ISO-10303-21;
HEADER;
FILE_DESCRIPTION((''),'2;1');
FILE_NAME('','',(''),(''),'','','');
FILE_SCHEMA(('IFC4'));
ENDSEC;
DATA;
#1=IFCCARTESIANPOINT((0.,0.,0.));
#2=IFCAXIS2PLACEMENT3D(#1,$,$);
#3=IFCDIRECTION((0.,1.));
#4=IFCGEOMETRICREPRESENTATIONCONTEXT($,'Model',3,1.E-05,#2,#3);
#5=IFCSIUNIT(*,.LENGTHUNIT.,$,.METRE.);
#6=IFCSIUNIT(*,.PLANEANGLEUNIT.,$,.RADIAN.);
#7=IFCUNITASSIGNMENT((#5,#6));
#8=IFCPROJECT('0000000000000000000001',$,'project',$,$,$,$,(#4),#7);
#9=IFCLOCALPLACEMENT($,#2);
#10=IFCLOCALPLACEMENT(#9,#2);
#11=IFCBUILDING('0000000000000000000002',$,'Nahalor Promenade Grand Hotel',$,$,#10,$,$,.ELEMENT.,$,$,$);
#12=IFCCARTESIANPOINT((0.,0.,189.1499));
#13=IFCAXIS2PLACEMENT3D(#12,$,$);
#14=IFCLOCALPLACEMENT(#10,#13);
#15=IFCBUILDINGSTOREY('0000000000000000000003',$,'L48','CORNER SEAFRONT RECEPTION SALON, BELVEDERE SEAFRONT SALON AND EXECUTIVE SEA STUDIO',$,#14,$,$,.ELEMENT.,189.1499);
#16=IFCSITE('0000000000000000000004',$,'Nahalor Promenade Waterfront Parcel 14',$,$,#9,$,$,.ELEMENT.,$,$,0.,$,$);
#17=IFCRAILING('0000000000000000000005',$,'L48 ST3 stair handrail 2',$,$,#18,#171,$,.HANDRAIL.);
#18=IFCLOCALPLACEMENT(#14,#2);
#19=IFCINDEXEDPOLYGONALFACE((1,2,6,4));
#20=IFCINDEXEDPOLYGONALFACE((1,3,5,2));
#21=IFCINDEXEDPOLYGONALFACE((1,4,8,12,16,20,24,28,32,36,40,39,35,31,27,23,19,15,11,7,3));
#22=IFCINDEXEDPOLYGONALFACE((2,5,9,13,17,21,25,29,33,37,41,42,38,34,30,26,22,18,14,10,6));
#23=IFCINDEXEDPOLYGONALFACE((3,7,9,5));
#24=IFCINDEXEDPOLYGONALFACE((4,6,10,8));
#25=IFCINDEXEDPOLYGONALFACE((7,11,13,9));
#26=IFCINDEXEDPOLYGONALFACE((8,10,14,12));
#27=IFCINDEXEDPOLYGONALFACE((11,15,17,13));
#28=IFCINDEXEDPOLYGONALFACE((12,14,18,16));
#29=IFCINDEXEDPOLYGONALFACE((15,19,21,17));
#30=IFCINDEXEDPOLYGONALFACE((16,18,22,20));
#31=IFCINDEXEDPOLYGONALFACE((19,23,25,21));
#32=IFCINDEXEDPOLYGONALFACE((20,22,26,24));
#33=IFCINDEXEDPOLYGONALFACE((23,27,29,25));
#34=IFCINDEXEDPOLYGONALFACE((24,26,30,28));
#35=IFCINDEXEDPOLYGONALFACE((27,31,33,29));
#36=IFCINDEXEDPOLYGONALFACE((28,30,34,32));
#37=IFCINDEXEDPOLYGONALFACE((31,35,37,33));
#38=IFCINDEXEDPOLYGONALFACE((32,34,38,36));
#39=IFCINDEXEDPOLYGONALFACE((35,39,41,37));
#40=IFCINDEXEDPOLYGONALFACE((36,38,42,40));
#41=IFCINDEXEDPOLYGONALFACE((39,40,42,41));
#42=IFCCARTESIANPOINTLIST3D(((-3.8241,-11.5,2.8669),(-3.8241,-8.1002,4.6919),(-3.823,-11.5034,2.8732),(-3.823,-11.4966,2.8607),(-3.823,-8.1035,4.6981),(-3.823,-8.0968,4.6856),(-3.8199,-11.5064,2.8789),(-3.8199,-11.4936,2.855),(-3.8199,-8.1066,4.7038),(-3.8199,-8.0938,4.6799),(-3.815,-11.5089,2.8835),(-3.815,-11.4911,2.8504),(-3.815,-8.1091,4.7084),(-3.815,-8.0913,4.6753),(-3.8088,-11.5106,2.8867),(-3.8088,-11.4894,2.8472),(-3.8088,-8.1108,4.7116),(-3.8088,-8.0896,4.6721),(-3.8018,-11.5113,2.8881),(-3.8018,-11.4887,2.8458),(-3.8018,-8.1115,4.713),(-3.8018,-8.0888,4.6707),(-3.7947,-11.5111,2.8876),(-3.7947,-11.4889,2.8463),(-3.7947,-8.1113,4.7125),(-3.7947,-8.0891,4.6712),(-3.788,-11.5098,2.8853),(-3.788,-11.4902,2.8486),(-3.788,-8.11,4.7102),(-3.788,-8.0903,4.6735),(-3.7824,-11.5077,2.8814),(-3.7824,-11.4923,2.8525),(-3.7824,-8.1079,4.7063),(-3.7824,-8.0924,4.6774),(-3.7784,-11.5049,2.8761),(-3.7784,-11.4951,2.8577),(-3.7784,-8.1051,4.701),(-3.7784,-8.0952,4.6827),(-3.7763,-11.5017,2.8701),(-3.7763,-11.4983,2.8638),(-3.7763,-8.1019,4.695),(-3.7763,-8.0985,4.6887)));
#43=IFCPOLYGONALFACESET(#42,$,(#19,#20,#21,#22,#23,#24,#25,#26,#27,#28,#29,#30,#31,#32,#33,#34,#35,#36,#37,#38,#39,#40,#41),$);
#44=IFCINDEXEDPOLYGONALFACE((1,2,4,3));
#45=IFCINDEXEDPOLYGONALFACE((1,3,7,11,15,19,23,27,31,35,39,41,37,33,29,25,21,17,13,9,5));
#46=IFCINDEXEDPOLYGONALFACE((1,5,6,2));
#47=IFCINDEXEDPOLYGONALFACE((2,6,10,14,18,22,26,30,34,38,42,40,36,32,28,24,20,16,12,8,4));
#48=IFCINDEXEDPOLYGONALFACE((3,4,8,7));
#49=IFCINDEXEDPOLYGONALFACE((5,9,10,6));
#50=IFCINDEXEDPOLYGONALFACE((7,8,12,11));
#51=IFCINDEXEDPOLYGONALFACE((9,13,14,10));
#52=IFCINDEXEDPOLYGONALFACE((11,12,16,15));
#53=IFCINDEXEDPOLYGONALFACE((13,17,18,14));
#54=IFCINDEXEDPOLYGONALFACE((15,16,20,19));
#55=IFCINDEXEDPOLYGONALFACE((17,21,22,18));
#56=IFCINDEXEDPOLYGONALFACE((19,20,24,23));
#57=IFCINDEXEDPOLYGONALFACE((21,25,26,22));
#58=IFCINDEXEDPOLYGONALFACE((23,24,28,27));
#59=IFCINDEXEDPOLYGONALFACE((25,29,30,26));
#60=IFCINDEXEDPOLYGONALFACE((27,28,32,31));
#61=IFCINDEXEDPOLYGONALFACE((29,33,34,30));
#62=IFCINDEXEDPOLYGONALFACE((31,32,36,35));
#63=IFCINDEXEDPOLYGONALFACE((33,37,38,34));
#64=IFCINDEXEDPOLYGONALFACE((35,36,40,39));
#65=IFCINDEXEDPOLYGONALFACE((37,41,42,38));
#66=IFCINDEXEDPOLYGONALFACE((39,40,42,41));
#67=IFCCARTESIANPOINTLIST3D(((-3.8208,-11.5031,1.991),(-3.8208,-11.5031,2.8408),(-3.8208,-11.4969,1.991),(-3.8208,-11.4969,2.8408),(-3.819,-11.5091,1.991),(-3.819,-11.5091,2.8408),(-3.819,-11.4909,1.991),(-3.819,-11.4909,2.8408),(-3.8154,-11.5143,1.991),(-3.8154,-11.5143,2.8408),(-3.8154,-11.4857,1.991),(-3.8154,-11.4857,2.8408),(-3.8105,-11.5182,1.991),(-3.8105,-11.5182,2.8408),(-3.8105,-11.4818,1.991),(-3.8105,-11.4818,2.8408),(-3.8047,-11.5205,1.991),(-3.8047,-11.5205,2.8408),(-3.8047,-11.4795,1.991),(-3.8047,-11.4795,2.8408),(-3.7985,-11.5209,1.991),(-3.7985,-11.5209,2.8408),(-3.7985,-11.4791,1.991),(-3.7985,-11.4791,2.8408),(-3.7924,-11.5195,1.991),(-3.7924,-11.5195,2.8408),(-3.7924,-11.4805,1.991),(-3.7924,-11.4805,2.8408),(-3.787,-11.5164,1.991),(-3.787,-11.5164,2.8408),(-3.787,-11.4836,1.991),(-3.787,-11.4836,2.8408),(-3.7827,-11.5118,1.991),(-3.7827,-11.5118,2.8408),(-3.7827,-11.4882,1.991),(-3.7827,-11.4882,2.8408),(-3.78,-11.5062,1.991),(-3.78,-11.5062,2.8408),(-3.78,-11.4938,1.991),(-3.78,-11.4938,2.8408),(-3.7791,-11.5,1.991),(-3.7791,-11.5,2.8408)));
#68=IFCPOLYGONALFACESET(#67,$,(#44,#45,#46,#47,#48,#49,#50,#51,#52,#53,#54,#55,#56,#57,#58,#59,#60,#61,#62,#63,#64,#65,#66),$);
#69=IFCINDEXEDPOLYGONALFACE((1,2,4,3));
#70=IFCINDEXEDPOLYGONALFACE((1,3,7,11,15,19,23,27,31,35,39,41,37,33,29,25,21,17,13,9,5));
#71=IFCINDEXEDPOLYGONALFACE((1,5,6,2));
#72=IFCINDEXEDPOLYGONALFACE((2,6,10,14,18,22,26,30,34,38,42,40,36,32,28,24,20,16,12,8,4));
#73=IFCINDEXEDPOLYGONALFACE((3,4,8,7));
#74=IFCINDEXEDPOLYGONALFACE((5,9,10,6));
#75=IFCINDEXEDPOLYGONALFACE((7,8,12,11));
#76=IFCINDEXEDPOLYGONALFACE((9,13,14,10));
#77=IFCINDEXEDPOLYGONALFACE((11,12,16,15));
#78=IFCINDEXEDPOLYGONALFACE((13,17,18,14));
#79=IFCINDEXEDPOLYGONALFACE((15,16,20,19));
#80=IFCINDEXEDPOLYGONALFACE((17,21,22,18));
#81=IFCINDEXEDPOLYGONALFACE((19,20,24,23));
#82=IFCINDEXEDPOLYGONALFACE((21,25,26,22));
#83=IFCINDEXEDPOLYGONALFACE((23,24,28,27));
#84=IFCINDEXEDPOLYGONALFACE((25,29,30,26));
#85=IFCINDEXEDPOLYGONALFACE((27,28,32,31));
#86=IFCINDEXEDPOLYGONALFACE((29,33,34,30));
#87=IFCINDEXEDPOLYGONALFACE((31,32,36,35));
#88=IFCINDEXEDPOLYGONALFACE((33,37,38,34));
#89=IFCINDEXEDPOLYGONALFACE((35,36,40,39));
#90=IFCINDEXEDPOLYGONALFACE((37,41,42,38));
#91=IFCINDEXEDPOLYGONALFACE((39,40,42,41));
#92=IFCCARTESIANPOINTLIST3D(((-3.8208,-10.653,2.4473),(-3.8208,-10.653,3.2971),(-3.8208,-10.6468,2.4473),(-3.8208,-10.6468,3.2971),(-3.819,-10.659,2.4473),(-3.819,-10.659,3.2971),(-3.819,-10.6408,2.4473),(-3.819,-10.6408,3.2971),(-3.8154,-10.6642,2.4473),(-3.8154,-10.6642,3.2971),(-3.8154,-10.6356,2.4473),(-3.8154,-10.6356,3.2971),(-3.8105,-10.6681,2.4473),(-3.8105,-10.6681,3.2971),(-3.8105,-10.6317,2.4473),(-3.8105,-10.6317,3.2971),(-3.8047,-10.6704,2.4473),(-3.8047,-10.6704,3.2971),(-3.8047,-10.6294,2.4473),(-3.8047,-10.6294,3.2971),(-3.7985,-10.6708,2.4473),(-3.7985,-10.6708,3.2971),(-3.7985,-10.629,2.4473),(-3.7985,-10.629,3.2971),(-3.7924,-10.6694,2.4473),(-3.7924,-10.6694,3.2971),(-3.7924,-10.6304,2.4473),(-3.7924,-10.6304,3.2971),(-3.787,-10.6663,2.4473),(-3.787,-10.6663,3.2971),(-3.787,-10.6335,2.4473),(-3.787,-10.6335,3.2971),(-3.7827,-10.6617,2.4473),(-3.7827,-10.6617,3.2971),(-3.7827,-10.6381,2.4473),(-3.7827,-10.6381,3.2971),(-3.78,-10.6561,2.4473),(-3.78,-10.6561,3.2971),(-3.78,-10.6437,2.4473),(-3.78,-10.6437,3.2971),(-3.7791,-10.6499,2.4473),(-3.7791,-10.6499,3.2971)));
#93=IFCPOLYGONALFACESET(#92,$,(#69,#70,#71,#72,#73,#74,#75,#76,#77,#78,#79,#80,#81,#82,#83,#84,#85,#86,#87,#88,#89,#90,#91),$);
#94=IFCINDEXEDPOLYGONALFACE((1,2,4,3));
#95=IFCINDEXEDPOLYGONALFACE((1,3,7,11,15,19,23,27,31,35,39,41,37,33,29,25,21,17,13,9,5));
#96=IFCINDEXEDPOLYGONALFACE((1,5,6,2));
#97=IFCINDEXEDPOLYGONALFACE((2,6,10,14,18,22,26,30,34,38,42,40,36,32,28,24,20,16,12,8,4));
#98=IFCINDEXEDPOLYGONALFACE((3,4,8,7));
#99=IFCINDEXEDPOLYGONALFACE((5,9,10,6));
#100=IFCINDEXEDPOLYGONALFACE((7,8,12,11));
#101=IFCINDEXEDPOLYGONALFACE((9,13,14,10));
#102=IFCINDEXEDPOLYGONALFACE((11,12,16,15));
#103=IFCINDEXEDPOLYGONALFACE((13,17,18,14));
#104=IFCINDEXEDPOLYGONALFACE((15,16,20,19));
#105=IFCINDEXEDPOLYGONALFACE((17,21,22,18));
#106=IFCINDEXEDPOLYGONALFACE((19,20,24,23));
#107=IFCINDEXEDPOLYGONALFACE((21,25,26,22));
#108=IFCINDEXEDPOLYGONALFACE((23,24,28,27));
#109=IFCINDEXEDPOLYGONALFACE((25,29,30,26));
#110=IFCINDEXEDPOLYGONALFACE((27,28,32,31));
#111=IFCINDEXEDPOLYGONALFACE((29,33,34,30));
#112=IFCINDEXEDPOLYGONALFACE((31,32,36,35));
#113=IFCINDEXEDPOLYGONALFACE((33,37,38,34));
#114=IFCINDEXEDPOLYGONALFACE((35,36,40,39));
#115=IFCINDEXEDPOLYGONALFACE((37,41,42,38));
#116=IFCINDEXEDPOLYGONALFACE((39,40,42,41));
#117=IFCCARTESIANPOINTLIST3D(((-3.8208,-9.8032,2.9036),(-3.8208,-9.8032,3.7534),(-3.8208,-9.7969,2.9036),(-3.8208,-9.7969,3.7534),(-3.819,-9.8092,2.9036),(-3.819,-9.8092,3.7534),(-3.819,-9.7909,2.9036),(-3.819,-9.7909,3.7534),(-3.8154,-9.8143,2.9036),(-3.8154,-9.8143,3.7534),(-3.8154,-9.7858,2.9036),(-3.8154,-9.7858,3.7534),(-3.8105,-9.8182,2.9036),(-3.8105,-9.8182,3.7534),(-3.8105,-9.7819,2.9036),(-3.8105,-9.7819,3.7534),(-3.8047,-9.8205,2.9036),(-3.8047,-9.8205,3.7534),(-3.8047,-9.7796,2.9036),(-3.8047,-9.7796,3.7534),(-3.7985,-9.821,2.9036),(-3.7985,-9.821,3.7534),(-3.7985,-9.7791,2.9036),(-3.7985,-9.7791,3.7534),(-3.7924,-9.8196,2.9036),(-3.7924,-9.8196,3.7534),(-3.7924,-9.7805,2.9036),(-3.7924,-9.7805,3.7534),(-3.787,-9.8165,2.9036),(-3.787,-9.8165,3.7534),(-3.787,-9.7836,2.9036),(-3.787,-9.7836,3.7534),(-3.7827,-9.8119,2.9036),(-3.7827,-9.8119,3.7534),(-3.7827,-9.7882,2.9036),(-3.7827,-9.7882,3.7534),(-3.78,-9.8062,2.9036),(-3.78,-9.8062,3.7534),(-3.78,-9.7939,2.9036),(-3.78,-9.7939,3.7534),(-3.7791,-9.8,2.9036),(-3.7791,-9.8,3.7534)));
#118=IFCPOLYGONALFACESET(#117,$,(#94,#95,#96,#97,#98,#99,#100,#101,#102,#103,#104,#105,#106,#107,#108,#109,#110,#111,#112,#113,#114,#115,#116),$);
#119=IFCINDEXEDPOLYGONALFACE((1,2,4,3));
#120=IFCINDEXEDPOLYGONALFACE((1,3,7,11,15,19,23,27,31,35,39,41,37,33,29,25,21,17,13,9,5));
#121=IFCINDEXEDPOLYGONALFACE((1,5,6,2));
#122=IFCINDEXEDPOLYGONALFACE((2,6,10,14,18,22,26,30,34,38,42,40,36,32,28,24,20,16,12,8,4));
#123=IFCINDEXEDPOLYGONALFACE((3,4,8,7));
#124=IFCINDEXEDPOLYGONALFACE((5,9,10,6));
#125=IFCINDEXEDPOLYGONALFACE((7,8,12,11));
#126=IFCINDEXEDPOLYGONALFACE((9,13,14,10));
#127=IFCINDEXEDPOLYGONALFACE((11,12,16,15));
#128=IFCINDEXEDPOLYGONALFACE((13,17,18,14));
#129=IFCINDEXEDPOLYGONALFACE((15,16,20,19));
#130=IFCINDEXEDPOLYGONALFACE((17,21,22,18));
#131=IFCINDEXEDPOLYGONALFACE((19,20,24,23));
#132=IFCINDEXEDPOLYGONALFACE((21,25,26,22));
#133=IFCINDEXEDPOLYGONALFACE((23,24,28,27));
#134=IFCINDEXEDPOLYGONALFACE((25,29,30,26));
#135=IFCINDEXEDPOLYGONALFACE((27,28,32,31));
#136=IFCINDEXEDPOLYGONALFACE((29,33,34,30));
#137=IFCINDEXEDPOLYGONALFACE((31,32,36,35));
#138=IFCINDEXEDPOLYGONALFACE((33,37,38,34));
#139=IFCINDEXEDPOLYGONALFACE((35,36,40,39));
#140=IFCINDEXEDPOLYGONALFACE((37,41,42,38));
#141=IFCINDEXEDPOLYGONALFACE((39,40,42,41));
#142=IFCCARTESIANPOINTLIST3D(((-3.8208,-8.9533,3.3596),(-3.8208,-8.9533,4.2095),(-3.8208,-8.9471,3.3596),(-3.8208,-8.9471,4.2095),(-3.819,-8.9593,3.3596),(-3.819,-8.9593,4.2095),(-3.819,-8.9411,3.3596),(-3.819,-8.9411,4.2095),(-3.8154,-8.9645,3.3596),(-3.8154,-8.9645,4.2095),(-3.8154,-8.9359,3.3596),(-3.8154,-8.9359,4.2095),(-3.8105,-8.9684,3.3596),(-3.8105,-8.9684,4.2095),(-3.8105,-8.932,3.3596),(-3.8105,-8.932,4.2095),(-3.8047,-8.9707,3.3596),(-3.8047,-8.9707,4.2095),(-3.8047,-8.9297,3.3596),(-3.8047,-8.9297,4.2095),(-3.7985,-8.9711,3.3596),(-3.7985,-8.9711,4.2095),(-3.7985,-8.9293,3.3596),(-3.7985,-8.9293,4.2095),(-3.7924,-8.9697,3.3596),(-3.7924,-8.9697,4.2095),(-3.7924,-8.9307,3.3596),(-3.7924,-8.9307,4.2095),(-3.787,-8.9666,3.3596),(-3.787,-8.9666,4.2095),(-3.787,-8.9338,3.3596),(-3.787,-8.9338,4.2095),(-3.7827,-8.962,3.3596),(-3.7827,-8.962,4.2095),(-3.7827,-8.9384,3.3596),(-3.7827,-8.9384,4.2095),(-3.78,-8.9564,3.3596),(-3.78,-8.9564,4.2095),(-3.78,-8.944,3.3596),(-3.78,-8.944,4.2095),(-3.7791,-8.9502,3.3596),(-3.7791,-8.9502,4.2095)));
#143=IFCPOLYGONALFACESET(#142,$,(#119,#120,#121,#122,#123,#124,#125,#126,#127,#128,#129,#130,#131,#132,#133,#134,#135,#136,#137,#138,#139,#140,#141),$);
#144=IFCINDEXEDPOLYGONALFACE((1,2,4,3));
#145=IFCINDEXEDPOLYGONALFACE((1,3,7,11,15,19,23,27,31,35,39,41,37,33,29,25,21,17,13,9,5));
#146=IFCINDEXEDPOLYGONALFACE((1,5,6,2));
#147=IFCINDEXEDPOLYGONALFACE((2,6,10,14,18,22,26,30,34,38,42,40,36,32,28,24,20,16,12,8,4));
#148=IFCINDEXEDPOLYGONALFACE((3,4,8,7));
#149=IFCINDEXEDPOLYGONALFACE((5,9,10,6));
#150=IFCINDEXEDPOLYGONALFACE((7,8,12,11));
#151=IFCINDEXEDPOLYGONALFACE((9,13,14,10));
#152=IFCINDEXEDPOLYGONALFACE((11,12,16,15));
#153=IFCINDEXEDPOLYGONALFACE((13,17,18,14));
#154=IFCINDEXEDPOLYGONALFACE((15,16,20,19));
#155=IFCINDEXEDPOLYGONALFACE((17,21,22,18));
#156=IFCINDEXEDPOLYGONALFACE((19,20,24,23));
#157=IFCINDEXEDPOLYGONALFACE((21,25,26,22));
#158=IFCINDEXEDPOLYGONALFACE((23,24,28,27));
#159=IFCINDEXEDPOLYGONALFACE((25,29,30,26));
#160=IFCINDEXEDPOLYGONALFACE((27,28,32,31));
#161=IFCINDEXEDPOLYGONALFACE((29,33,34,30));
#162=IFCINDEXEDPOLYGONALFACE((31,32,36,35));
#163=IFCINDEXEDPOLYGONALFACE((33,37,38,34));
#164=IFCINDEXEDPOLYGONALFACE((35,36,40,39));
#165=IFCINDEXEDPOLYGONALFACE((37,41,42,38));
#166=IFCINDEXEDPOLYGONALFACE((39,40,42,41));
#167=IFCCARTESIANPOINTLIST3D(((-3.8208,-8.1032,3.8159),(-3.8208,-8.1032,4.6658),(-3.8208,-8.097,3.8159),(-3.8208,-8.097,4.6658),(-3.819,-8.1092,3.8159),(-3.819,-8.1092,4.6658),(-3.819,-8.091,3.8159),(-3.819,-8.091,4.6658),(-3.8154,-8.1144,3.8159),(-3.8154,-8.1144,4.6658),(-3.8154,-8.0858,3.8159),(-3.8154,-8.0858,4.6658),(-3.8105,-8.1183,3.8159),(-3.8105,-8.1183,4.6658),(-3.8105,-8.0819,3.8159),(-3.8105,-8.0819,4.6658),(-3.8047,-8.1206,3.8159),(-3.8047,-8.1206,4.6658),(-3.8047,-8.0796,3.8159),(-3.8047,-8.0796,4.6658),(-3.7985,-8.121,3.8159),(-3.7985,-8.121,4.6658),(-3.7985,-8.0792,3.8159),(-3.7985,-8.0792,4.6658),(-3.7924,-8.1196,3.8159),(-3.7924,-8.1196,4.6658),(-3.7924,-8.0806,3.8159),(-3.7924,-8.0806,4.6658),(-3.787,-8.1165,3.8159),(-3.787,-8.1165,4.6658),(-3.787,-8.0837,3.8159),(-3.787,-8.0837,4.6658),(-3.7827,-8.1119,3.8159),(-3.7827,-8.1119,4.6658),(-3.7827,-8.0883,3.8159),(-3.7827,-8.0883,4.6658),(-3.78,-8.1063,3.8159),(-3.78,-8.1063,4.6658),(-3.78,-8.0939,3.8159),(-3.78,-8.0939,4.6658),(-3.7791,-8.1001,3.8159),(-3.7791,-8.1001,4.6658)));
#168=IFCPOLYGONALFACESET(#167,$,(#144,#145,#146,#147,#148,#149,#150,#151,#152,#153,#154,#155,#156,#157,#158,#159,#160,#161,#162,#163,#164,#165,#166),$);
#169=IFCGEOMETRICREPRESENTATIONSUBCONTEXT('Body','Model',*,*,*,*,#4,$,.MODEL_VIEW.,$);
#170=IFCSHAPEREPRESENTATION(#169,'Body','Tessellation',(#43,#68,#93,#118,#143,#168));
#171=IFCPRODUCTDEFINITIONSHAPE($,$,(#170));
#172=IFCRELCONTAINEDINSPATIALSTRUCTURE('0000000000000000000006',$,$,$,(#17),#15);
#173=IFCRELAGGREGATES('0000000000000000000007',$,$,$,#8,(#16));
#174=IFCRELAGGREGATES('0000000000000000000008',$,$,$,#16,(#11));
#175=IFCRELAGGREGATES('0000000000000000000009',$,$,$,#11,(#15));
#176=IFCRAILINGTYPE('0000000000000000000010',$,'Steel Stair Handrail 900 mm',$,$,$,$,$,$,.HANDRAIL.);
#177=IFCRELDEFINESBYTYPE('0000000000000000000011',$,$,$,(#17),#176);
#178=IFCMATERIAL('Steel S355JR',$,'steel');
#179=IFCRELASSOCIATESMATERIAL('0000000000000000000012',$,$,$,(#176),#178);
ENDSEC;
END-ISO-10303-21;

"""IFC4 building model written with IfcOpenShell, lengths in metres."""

from ifc_helpers import new_model, si_unit, direction, frame, origin, origin_2d, place, context, subcontext, project, spatial, circle, extrude, material, type_object, element, save


model = new_model("IFC4")

# Units and contexts
model_context = context("Model", 3, precision=1e-05, world=origin(), true_north=direction((0.0, 1.0)))
body_context = subcontext(model_context, "Body", "Model", "MODEL_VIEW")
ifc_project = project(units=[si_unit("LENGTHUNIT", "METRE"), si_unit("PLANEANGLEUNIT", "RADIAN")], contexts=[model_context])

# Site, building, storey
site_placement = place(None, origin())
site = spatial("IfcSite", under=ifc_project, at=site_placement, Name="Nahalor Promenade Waterfront Parcel 14", CompositionType="ELEMENT", RefElevation=0.0)
building_placement = place(site_placement, origin())
building = spatial("IfcBuilding", under=site, at=building_placement, Name="Nahalor Promenade Grand Hotel", CompositionType="ELEMENT")
storey_placement = place(building_placement, frame((0.0, 0.0, 189.1499)))
storey = spatial("IfcBuildingStorey", under=building, at=storey_placement, Name="L48", Description="CORNER SEAFRONT RECEPTION SALON, BELVEDERE SEAFRONT SALON AND EXECUTIVE SEA STUDIO", CompositionType="ELEMENT", Elevation=189.1499)

# Shared definitions
ifc_material_1 = material(Name="Steel S355JR", Category="steel")

# Railing
railing_type_1 = type_object("IfcRailingType", Name="Steel Stair Handrail 900 mm", PredefinedType="HANDRAIL", material=ifc_material_1)
railing_1_placement = place(storey_placement, frame((-3.8, -11.5, 1.991)))
element("IfcRailing", 1, at=railing_1_placement, inside=storey, type_object=railing_type_1, Name="L48 ST3 stair handrail 2", PredefinedType="HANDRAIL", context=body_context, shape_type="SweptSolid", body=[
    extrude(circle(Radius=0.024, at=origin_2d()), frame((0.0, 0.0, 0.876), z_axis=(0.0, 0.881094, 0.472941), x_axis=(-1.0, 0.0, 0.0)), (0.0, 0.0, 1.0), 3.8586),
    extrude(circle(Radius=0.021, at=origin_2d()), origin(), (0.0, 0.0, 1.0), 0.8499),
    extrude(circle(Radius=0.021, at=origin_2d()), frame((0.0, 0.8501, 0.4563)), (0.0, 0.0, 1.0), 0.8499),
    extrude(circle(Radius=0.021, at=origin_2d()), frame((0.0, 1.7, 0.9126)), (0.0, 0.0, 1.0), 0.8499),
    extrude(circle(Radius=0.021, at=origin_2d()), frame((0.0, 2.5498, 1.3687)), (0.0, 0.0, 1.0), 0.8499),
    extrude(circle(Radius=0.021, at=origin_2d()), frame((0.0, 3.3999, 1.825)), (0.0, 0.0, 1.0), 0.8499),
])

save(model, "model.ifc")
